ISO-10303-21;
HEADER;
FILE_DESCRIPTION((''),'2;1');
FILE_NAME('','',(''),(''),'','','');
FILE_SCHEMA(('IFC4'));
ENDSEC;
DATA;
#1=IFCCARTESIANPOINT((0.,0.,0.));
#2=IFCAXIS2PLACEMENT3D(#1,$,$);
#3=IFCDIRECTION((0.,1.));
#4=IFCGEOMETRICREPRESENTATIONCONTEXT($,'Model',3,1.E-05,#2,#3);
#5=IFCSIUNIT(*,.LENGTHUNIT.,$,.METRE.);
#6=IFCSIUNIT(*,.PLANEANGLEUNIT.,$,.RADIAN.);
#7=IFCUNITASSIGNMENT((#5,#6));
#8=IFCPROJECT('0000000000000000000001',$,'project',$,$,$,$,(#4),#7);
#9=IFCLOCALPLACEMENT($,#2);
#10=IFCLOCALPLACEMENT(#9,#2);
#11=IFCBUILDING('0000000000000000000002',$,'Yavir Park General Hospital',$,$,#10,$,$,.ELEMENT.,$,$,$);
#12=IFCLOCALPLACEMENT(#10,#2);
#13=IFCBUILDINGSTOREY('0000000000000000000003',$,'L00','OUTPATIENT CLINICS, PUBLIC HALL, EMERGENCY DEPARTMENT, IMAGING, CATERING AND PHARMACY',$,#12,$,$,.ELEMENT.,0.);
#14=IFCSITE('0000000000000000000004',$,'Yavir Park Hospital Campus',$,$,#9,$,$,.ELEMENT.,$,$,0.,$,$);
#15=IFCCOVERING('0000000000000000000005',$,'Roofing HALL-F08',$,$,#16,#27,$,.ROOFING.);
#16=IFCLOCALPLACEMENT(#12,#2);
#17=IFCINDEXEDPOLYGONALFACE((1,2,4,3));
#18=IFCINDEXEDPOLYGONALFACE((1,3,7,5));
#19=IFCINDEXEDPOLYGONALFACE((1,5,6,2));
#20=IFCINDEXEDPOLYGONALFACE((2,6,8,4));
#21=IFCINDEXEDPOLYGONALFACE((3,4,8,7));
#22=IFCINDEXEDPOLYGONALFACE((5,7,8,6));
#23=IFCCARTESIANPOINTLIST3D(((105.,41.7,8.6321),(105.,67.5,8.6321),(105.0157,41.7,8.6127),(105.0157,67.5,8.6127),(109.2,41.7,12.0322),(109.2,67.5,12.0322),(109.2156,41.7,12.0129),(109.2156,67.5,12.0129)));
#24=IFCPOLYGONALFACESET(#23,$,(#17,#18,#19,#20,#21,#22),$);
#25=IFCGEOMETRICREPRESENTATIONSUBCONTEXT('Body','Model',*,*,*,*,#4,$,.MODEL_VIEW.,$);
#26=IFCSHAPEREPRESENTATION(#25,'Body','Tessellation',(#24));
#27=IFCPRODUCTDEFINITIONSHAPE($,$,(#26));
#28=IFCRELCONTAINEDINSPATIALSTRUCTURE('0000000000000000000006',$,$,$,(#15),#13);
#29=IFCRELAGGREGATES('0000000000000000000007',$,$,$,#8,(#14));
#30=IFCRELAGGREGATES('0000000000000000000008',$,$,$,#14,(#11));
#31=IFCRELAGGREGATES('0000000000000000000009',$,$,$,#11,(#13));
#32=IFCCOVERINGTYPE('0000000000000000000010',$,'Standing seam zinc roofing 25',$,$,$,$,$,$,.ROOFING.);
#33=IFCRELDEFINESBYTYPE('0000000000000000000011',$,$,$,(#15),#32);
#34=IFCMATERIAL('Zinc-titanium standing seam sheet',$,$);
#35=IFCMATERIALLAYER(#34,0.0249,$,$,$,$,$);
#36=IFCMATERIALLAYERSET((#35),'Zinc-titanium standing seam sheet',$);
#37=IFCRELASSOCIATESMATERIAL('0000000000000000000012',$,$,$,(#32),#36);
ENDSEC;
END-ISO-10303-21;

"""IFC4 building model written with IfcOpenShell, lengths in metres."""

from ifc_helpers import new_model, si_unit, direction, frame, origin, place, context, subcontext, project, spatial, polyline, outline, extrude, material, layer, layer_set, type_object, element, save


model = new_model("IFC4")

# Units and contexts
model_context = context("Model", 3, precision=1e-05, world=origin(), true_north=direction((0.0, 1.0)))
body_context = subcontext(model_context, "Body", "Model", "MODEL_VIEW")
ifc_project = project(units=[si_unit("LENGTHUNIT", "METRE"), si_unit("PLANEANGLEUNIT", "RADIAN")], contexts=[model_context])

# Site, building, storey
site_placement = place(None, origin())
site = spatial("IfcSite", under=ifc_project, at=site_placement, Name="Yavir Park Hospital Campus", CompositionType="ELEMENT", RefElevation=0.0)
building_placement = place(site_placement, origin())
building = spatial("IfcBuilding", under=site, at=building_placement, Name="Yavir Park General Hospital", CompositionType="ELEMENT")
storey_placement = place(building_placement, origin())
storey = spatial("IfcBuildingStorey", under=building, at=storey_placement, Name="L00", Description="OUTPATIENT CLINICS, PUBLIC HALL, EMERGENCY DEPARTMENT, IMAGING, CATERING AND PHARMACY", CompositionType="ELEMENT", Elevation=0.0)

# Covering
ifc_material_1 = material(Name="Zinc-titanium standing seam sheet")
ifc_layer_1 = layer(ifc_material_1, 0.0249)
ifc_layer_set_1 = layer_set([ifc_layer_1], Name="Zinc-titanium standing seam sheet")
covering_type_1 = type_object("IfcCoveringType", Name="Standing seam zinc roofing 25", PredefinedType="ROOFING", material=ifc_layer_set_1)
for number, where, z_axis, x_axis, name in (
    (1, (105.0, 41.7, 8.6321), (-0.629219, 0.0, 0.777228), (0.777228, 0.0, 0.629219), "Roofing HALL-F08"),
):
    element("IfcCovering", number, at=place(storey_placement, frame(where, z_axis=z_axis, x_axis=x_axis)), inside=storey, type_object=covering_type_1, Name=name, PredefinedType="ROOFING", context=body_context, shape_type="SweptSolid", body=[
        extrude(outline(polyline([(0.0, 0.0), (5.4038, 0.0), (5.4038, 25.8), (0.0, 25.8), (0.0, 0.0)])), origin(), (0.0, 0.0, -1.0), 0.0249),
    ])

save(model, "model.ifc")
